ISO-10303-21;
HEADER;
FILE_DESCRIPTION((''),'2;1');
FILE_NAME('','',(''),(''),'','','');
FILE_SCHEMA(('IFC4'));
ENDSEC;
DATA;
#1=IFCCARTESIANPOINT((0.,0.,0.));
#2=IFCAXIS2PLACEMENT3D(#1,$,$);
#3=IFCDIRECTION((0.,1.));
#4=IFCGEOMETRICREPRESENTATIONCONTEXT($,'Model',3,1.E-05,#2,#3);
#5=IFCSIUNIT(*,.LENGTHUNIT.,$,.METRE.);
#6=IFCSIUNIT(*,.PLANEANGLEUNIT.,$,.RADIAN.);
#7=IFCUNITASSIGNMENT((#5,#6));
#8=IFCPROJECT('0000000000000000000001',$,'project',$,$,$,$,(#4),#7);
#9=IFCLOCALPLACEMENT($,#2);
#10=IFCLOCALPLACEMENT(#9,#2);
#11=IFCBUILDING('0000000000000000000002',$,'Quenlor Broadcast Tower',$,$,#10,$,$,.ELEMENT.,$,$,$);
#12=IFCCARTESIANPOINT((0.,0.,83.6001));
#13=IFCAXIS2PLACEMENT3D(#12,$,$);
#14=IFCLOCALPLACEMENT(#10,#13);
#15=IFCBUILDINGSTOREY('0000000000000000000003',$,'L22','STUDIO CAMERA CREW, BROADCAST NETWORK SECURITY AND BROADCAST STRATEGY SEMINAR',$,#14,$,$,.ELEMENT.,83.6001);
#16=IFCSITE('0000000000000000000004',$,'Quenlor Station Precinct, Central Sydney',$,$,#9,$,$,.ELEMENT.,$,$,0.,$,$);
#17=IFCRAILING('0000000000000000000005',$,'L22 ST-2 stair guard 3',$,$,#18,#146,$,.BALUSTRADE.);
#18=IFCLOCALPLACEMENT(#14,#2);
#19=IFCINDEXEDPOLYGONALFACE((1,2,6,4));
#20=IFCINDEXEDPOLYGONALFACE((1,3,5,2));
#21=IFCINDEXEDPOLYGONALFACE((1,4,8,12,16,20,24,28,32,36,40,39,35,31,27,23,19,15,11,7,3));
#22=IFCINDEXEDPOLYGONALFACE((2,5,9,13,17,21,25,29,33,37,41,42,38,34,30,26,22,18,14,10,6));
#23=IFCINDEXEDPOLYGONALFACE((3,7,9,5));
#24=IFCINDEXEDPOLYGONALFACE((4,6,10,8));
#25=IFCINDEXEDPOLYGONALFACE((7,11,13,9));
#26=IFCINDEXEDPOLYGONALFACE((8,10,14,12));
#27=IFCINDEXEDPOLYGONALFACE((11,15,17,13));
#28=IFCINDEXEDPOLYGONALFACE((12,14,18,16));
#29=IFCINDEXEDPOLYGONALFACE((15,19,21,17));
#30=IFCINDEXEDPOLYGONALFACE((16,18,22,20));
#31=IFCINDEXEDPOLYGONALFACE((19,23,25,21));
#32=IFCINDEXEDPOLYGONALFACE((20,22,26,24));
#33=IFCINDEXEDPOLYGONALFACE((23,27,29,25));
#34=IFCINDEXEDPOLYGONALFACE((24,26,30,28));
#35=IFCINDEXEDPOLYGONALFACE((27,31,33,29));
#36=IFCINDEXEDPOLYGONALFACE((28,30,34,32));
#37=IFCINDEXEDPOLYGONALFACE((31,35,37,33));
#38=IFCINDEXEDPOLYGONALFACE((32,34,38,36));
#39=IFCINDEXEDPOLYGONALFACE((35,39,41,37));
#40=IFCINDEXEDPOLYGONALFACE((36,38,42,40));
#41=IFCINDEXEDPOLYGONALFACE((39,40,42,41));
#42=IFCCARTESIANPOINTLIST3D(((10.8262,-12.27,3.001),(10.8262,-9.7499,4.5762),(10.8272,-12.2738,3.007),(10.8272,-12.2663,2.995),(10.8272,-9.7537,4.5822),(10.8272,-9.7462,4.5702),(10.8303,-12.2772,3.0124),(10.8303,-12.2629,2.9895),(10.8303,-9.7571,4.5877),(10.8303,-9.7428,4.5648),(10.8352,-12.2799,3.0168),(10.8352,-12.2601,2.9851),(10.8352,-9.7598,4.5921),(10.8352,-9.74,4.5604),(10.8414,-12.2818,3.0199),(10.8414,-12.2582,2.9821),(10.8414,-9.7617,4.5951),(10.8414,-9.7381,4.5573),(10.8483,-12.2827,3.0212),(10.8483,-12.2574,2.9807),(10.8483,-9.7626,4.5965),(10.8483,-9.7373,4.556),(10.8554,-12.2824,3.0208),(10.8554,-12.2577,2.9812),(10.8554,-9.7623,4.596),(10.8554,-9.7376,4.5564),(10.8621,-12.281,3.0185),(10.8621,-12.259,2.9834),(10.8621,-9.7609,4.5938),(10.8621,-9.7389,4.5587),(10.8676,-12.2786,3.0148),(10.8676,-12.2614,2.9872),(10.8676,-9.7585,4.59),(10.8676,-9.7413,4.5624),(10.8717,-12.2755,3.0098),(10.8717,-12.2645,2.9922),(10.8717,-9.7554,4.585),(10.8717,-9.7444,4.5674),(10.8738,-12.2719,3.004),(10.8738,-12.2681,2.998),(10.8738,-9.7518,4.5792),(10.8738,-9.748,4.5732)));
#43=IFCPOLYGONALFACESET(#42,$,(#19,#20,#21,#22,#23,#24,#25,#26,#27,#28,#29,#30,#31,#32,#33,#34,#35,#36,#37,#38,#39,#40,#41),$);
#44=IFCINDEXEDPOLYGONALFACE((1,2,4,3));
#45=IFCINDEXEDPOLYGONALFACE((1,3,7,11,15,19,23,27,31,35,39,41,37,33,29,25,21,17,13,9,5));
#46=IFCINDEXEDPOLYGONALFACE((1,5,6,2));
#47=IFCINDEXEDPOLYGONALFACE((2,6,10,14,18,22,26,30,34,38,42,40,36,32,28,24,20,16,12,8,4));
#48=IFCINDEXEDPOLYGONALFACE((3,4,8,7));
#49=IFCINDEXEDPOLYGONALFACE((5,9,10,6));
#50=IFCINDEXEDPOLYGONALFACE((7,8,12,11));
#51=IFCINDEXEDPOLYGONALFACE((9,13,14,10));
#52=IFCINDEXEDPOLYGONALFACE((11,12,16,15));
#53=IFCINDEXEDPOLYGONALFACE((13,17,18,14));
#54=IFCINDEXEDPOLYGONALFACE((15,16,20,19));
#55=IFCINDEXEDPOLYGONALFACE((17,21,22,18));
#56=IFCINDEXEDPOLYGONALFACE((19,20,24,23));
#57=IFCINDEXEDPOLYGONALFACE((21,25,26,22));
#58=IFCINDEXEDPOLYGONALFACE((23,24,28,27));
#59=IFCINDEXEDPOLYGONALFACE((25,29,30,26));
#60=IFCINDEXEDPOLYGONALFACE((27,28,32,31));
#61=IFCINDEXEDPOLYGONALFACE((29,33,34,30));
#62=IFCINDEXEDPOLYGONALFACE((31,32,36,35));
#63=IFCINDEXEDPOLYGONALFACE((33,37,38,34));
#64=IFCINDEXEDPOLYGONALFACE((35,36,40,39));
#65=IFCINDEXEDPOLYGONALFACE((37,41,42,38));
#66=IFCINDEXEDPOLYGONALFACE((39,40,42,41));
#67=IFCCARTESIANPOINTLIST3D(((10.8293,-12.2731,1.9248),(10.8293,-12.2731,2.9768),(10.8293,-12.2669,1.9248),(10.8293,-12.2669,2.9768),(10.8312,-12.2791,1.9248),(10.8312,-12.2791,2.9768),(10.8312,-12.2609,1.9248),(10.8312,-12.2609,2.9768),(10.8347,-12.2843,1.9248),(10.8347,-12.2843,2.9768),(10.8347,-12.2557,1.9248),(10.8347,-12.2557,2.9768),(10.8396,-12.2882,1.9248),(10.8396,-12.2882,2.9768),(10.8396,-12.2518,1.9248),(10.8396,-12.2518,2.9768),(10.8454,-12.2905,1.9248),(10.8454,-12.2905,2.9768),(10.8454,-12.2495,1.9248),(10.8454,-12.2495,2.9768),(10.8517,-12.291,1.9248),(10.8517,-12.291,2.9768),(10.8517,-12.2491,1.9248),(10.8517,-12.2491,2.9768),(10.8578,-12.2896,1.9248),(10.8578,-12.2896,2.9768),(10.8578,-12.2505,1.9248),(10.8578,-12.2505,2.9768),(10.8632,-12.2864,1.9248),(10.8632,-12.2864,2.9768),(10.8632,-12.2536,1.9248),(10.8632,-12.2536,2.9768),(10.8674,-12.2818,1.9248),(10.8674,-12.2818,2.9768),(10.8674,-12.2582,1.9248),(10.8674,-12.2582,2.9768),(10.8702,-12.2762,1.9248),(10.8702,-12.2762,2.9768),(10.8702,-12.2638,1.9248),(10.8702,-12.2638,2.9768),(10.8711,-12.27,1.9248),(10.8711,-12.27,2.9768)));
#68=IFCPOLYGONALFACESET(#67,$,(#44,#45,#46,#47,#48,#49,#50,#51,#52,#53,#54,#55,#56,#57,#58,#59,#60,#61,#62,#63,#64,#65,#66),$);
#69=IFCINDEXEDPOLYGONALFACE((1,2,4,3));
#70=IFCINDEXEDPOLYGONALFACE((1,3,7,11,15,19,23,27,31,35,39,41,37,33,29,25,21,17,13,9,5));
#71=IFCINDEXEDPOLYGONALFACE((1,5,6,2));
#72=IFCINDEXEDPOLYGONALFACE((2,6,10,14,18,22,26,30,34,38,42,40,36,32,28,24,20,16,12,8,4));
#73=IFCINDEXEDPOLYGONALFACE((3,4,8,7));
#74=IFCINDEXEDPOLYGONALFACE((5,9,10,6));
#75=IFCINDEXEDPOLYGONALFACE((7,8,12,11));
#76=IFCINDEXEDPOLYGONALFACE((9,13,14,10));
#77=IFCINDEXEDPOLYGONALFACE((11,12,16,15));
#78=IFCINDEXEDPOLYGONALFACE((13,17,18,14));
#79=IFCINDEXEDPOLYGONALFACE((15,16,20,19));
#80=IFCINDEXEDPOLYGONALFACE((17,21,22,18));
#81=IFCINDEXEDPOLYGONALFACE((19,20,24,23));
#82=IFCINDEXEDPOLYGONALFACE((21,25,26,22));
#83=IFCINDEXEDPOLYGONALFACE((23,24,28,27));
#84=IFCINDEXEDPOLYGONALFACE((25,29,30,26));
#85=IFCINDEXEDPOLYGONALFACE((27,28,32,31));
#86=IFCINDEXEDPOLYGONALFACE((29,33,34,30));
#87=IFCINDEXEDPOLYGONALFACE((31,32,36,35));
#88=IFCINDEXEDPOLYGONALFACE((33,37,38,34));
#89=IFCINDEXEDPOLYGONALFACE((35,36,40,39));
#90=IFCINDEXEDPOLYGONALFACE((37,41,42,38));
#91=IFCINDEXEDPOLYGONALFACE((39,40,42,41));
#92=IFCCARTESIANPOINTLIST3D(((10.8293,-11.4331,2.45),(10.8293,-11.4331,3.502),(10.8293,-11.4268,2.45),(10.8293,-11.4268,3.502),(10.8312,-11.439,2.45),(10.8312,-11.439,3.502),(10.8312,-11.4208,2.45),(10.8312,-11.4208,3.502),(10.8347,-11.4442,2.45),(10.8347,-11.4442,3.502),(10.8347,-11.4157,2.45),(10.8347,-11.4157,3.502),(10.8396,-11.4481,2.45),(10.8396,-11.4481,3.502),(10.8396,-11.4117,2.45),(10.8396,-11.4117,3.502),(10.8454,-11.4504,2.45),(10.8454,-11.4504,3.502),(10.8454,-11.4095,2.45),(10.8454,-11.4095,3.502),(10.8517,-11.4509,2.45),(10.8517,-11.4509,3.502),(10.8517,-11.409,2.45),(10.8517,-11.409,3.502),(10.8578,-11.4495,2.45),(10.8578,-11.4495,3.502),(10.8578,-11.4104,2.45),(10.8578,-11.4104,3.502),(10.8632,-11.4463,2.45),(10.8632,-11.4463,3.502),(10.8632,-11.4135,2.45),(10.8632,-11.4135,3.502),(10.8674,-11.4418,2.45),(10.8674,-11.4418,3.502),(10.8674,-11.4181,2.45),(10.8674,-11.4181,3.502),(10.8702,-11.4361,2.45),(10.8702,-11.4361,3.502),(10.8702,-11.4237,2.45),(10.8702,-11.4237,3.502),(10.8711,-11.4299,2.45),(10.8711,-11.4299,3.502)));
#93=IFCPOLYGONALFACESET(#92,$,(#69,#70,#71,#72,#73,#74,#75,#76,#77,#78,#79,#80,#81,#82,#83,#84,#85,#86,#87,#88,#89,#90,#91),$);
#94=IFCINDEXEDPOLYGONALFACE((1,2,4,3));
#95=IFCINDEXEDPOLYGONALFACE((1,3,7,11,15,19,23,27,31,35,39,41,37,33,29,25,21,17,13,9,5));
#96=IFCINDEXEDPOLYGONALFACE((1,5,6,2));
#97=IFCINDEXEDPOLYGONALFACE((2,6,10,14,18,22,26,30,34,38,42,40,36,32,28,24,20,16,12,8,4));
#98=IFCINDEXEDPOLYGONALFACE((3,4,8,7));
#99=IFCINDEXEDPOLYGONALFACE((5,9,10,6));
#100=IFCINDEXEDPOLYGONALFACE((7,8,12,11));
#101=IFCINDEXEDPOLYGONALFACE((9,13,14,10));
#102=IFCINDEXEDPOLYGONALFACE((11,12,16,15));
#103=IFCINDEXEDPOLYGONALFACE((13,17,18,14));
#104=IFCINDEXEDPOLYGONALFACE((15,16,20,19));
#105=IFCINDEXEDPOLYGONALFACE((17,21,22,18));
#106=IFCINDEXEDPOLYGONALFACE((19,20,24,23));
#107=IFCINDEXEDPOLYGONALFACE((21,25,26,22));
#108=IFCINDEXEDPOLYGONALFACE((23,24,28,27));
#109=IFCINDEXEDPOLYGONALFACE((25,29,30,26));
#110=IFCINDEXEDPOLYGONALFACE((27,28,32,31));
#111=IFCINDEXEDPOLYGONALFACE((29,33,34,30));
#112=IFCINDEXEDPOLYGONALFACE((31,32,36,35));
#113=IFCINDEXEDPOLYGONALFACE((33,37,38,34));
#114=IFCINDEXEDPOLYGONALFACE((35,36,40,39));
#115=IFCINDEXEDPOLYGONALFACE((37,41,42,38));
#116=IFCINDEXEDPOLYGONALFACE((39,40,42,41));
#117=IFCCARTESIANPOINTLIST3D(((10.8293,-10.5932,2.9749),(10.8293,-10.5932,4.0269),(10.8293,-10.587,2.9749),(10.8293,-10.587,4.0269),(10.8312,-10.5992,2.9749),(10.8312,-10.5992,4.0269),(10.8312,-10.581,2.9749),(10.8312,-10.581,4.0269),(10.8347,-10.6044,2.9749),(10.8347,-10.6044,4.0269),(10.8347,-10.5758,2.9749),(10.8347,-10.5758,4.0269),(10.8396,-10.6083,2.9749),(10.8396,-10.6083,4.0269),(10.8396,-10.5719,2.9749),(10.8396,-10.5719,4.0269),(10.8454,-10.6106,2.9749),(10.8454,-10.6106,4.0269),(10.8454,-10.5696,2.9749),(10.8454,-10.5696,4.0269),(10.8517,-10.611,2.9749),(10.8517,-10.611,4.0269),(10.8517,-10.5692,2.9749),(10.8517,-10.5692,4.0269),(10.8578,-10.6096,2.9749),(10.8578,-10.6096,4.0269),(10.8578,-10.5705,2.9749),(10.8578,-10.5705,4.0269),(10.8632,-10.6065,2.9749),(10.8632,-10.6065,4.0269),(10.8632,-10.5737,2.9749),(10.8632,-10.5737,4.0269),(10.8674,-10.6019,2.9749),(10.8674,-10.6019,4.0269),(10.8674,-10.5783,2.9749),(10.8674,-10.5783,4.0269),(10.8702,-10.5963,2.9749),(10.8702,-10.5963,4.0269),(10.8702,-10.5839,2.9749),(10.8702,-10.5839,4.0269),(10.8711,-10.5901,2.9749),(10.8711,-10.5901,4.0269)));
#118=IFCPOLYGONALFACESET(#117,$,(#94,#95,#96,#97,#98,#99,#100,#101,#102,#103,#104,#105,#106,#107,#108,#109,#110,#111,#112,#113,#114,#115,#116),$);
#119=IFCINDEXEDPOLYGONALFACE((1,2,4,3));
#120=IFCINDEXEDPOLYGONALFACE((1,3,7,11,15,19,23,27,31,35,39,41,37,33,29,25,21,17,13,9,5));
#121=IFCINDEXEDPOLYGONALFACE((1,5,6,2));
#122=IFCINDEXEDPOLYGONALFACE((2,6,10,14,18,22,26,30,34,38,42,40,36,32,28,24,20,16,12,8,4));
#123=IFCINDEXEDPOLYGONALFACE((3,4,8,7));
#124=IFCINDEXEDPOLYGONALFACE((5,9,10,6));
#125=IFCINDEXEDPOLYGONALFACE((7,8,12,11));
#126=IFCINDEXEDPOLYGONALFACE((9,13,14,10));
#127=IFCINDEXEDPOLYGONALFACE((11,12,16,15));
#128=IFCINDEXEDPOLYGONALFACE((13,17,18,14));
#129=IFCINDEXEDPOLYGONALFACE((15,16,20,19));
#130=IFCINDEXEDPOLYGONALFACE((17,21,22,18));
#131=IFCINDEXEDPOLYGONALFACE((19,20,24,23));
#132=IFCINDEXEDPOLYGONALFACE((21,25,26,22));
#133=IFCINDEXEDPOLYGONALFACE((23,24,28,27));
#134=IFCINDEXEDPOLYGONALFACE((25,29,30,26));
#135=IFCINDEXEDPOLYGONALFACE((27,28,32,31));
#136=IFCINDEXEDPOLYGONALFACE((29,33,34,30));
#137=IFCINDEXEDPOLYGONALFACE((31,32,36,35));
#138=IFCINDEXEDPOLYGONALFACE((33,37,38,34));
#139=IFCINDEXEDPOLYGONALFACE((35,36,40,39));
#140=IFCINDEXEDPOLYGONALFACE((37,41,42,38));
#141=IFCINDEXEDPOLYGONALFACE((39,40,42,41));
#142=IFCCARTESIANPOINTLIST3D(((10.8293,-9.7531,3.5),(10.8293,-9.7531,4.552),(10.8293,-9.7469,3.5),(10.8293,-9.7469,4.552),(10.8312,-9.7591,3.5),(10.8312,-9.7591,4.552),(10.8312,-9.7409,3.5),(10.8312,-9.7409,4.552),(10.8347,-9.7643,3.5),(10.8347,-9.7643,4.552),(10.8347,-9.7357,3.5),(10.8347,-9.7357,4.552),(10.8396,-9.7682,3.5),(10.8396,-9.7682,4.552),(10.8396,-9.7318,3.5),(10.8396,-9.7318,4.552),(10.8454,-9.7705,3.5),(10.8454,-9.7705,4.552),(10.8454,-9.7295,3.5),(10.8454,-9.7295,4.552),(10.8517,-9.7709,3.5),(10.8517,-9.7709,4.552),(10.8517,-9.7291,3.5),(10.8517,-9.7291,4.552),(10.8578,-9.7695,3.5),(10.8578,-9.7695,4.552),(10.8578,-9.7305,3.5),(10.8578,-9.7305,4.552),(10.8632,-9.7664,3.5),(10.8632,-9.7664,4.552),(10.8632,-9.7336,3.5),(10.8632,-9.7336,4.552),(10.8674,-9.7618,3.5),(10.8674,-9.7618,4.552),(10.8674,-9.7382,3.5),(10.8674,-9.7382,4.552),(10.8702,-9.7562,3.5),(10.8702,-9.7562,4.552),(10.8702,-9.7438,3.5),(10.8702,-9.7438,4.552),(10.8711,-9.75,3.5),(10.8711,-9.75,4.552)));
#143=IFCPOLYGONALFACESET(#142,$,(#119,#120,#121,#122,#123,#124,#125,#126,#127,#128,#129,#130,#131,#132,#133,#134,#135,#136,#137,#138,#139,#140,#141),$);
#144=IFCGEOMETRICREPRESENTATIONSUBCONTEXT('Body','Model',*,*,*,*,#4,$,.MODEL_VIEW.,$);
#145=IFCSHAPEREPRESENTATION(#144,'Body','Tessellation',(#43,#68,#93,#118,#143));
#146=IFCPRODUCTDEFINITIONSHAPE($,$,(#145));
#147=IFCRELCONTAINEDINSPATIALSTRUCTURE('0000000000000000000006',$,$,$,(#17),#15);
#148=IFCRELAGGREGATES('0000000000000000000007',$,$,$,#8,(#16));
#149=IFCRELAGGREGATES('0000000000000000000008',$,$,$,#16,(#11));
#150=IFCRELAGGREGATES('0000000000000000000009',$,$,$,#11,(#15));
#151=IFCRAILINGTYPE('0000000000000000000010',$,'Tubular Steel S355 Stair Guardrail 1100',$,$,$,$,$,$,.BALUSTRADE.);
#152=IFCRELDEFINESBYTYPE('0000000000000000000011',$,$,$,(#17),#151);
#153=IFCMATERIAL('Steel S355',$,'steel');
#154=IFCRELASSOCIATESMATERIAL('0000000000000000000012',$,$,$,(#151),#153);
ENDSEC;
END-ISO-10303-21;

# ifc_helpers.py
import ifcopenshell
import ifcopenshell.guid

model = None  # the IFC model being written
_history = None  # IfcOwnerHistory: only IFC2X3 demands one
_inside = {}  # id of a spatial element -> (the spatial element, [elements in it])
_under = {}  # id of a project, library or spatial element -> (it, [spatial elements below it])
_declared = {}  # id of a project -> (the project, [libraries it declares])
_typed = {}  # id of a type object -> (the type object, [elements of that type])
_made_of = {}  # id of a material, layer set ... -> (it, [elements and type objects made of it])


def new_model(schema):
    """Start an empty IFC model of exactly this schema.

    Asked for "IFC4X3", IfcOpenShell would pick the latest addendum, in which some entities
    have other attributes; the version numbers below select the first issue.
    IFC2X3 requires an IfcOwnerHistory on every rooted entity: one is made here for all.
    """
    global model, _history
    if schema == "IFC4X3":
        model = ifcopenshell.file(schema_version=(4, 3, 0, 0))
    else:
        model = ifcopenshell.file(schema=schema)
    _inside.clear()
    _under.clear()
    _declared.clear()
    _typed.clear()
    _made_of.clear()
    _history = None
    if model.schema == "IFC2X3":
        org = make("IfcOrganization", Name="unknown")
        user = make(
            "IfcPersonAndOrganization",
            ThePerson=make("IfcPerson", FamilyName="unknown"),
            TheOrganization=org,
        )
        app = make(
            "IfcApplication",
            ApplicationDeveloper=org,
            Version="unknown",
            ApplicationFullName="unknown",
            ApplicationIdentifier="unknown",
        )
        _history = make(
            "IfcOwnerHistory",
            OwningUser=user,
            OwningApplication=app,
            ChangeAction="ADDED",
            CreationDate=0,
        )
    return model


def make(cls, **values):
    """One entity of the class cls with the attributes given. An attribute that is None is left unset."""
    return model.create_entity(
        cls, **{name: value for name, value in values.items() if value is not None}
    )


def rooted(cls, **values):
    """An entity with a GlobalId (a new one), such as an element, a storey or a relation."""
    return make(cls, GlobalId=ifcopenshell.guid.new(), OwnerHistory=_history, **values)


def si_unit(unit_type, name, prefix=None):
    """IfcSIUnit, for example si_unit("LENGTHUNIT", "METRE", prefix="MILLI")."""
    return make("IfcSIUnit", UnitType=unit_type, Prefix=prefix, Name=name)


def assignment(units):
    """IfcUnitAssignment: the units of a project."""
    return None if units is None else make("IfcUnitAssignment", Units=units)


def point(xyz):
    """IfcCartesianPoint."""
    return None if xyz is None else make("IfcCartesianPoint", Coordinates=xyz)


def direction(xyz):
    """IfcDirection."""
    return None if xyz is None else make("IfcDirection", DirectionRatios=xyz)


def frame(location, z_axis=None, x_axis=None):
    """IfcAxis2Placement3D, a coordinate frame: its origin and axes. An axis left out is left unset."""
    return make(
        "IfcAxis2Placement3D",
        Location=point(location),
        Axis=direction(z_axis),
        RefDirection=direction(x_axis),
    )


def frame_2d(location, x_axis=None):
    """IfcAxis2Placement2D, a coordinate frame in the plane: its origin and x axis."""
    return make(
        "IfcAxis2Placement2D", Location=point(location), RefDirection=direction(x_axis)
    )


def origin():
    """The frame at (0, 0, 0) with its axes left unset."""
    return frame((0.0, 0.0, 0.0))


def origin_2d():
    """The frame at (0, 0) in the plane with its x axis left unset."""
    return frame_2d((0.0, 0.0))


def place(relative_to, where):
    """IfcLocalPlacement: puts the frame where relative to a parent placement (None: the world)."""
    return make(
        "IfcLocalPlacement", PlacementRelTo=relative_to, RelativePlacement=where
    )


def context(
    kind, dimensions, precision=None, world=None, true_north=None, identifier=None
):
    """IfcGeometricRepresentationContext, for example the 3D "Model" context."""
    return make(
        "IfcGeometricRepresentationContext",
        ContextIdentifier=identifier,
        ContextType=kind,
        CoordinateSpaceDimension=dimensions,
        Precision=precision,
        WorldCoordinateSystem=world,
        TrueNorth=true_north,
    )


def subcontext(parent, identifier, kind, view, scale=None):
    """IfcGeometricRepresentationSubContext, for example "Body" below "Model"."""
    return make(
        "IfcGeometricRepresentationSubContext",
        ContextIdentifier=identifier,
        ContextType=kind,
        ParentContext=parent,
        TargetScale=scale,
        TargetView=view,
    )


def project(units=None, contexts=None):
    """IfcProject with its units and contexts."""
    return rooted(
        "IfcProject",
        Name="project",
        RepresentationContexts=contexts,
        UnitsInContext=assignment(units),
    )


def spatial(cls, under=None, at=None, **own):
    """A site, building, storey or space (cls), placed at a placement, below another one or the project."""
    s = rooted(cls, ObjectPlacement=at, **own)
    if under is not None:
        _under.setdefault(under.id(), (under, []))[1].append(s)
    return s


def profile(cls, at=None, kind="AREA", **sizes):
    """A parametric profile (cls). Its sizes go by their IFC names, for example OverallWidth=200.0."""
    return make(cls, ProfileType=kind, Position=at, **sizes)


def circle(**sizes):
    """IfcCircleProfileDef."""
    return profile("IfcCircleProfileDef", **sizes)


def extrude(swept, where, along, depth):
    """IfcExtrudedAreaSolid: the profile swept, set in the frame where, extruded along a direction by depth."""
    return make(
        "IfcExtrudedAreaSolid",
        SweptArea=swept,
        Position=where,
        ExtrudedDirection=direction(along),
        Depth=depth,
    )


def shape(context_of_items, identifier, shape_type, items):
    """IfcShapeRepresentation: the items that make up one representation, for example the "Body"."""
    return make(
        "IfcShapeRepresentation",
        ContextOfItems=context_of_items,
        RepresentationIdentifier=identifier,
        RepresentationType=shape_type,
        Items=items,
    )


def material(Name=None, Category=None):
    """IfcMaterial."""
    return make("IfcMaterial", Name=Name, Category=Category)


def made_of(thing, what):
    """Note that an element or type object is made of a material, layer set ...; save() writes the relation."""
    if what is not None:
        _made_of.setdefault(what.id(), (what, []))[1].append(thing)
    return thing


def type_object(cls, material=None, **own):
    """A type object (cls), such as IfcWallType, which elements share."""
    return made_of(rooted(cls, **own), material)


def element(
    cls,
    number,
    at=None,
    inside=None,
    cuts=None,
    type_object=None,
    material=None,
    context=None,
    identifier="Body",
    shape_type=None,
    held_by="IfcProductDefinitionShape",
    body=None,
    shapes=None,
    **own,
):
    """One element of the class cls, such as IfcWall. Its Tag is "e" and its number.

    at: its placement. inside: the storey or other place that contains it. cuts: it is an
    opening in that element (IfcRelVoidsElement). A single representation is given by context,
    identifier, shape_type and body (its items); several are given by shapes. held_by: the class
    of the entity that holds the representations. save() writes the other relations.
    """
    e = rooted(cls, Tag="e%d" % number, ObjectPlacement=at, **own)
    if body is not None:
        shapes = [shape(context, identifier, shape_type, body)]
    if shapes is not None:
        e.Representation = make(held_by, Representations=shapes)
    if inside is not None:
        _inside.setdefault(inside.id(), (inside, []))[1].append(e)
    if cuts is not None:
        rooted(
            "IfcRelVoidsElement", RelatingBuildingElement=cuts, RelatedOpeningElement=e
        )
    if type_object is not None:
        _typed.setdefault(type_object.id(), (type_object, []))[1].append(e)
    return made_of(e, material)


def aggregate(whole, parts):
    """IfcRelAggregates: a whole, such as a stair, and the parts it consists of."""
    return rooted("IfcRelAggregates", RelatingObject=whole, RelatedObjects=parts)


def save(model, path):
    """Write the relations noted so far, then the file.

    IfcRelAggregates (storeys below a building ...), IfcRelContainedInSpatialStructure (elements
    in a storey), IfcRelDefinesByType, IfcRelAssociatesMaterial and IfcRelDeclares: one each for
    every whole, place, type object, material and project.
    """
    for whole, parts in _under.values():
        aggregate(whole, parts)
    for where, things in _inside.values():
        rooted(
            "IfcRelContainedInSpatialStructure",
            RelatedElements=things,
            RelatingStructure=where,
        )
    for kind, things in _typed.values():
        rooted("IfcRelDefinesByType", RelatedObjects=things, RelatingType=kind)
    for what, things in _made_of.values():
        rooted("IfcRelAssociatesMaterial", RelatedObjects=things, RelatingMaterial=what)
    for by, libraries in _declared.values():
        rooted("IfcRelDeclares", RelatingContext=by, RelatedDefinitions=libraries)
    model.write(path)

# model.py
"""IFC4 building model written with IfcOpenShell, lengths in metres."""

from ifc_helpers import new_model, si_unit, direction, frame, origin, origin_2d, place, context, subcontext, project, spatial, circle, extrude, material, type_object, element, save


model = new_model("IFC4")

# Units and contexts
model_context = context("Model", 3, precision=1e-05, world=origin(), true_north=direction((0.0, 1.0)))
body_context = subcontext(model_context, "Body", "Model", "MODEL_VIEW")
ifc_project = project(units=[si_unit("LENGTHUNIT", "METRE"), si_unit("PLANEANGLEUNIT", "RADIAN")], contexts=[model_context])

# Site, building, storey
site_placement = place(None, origin())
site = spatial("IfcSite", under=ifc_project, at=site_placement, Name="Quenlor Station Precinct, Central Sydney", CompositionType="ELEMENT", RefElevation=0.0)
building_placement = place(site_placement, origin())
building = spatial("IfcBuilding", under=site, at=building_placement, Name="Quenlor Broadcast Tower", CompositionType="ELEMENT")
storey_placement = place(building_placement, frame((0.0, 0.0, 83.6001)))
storey = spatial("IfcBuildingStorey", under=building, at=storey_placement, Name="L22", Description="STUDIO CAMERA CREW, BROADCAST NETWORK SECURITY AND BROADCAST STRATEGY SEMINAR", CompositionType="ELEMENT", Elevation=83.6001)

# Railing
ifc_material_1 = material(Name="Steel S355", Category="steel")
railing_type_1 = type_object("IfcRailingType", Name="Tubular Steel S355 Stair Guardrail 1100", PredefinedType="BALUSTRADE", material=ifc_material_1)
railing_1_placement = place(storey_placement, frame((10.8501, -12.27, 1.9248)))
element("IfcRailing", 1, at=railing_1_placement, inside=storey, type_object=railing_type_1, Name="L22 ST-2 stair guard 3", PredefinedType="BALUSTRADE", context=body_context, shape_type="SweptSolid", body=[
    extrude(circle(Radius=0.0239, at=origin_2d()), frame((0.0, 0.0, 1.0762), z_axis=(0.0, 0.847971, 0.530043), x_axis=(-1.0, 0.0, 0.0)), (0.0, 0.0, 1.0), 2.9719),
    extrude(circle(Radius=0.021, at=origin_2d()), origin(), (0.0, 0.0, 1.0), 1.052),
    extrude(circle(Radius=0.021, at=origin_2d()), frame((0.0, 0.8401, 0.5251)), (0.0, 0.0, 1.0), 1.052),
    extrude(circle(Radius=0.021, at=origin_2d()), frame((0.0, 1.6799, 1.05)), (0.0, 0.0, 1.0), 1.052),
    extrude(circle(Radius=0.021, at=origin_2d()), frame((0.0, 2.52, 1.5752)), (0.0, 0.0, 1.0), 1.052),
])

save(model, "model.ifc")
